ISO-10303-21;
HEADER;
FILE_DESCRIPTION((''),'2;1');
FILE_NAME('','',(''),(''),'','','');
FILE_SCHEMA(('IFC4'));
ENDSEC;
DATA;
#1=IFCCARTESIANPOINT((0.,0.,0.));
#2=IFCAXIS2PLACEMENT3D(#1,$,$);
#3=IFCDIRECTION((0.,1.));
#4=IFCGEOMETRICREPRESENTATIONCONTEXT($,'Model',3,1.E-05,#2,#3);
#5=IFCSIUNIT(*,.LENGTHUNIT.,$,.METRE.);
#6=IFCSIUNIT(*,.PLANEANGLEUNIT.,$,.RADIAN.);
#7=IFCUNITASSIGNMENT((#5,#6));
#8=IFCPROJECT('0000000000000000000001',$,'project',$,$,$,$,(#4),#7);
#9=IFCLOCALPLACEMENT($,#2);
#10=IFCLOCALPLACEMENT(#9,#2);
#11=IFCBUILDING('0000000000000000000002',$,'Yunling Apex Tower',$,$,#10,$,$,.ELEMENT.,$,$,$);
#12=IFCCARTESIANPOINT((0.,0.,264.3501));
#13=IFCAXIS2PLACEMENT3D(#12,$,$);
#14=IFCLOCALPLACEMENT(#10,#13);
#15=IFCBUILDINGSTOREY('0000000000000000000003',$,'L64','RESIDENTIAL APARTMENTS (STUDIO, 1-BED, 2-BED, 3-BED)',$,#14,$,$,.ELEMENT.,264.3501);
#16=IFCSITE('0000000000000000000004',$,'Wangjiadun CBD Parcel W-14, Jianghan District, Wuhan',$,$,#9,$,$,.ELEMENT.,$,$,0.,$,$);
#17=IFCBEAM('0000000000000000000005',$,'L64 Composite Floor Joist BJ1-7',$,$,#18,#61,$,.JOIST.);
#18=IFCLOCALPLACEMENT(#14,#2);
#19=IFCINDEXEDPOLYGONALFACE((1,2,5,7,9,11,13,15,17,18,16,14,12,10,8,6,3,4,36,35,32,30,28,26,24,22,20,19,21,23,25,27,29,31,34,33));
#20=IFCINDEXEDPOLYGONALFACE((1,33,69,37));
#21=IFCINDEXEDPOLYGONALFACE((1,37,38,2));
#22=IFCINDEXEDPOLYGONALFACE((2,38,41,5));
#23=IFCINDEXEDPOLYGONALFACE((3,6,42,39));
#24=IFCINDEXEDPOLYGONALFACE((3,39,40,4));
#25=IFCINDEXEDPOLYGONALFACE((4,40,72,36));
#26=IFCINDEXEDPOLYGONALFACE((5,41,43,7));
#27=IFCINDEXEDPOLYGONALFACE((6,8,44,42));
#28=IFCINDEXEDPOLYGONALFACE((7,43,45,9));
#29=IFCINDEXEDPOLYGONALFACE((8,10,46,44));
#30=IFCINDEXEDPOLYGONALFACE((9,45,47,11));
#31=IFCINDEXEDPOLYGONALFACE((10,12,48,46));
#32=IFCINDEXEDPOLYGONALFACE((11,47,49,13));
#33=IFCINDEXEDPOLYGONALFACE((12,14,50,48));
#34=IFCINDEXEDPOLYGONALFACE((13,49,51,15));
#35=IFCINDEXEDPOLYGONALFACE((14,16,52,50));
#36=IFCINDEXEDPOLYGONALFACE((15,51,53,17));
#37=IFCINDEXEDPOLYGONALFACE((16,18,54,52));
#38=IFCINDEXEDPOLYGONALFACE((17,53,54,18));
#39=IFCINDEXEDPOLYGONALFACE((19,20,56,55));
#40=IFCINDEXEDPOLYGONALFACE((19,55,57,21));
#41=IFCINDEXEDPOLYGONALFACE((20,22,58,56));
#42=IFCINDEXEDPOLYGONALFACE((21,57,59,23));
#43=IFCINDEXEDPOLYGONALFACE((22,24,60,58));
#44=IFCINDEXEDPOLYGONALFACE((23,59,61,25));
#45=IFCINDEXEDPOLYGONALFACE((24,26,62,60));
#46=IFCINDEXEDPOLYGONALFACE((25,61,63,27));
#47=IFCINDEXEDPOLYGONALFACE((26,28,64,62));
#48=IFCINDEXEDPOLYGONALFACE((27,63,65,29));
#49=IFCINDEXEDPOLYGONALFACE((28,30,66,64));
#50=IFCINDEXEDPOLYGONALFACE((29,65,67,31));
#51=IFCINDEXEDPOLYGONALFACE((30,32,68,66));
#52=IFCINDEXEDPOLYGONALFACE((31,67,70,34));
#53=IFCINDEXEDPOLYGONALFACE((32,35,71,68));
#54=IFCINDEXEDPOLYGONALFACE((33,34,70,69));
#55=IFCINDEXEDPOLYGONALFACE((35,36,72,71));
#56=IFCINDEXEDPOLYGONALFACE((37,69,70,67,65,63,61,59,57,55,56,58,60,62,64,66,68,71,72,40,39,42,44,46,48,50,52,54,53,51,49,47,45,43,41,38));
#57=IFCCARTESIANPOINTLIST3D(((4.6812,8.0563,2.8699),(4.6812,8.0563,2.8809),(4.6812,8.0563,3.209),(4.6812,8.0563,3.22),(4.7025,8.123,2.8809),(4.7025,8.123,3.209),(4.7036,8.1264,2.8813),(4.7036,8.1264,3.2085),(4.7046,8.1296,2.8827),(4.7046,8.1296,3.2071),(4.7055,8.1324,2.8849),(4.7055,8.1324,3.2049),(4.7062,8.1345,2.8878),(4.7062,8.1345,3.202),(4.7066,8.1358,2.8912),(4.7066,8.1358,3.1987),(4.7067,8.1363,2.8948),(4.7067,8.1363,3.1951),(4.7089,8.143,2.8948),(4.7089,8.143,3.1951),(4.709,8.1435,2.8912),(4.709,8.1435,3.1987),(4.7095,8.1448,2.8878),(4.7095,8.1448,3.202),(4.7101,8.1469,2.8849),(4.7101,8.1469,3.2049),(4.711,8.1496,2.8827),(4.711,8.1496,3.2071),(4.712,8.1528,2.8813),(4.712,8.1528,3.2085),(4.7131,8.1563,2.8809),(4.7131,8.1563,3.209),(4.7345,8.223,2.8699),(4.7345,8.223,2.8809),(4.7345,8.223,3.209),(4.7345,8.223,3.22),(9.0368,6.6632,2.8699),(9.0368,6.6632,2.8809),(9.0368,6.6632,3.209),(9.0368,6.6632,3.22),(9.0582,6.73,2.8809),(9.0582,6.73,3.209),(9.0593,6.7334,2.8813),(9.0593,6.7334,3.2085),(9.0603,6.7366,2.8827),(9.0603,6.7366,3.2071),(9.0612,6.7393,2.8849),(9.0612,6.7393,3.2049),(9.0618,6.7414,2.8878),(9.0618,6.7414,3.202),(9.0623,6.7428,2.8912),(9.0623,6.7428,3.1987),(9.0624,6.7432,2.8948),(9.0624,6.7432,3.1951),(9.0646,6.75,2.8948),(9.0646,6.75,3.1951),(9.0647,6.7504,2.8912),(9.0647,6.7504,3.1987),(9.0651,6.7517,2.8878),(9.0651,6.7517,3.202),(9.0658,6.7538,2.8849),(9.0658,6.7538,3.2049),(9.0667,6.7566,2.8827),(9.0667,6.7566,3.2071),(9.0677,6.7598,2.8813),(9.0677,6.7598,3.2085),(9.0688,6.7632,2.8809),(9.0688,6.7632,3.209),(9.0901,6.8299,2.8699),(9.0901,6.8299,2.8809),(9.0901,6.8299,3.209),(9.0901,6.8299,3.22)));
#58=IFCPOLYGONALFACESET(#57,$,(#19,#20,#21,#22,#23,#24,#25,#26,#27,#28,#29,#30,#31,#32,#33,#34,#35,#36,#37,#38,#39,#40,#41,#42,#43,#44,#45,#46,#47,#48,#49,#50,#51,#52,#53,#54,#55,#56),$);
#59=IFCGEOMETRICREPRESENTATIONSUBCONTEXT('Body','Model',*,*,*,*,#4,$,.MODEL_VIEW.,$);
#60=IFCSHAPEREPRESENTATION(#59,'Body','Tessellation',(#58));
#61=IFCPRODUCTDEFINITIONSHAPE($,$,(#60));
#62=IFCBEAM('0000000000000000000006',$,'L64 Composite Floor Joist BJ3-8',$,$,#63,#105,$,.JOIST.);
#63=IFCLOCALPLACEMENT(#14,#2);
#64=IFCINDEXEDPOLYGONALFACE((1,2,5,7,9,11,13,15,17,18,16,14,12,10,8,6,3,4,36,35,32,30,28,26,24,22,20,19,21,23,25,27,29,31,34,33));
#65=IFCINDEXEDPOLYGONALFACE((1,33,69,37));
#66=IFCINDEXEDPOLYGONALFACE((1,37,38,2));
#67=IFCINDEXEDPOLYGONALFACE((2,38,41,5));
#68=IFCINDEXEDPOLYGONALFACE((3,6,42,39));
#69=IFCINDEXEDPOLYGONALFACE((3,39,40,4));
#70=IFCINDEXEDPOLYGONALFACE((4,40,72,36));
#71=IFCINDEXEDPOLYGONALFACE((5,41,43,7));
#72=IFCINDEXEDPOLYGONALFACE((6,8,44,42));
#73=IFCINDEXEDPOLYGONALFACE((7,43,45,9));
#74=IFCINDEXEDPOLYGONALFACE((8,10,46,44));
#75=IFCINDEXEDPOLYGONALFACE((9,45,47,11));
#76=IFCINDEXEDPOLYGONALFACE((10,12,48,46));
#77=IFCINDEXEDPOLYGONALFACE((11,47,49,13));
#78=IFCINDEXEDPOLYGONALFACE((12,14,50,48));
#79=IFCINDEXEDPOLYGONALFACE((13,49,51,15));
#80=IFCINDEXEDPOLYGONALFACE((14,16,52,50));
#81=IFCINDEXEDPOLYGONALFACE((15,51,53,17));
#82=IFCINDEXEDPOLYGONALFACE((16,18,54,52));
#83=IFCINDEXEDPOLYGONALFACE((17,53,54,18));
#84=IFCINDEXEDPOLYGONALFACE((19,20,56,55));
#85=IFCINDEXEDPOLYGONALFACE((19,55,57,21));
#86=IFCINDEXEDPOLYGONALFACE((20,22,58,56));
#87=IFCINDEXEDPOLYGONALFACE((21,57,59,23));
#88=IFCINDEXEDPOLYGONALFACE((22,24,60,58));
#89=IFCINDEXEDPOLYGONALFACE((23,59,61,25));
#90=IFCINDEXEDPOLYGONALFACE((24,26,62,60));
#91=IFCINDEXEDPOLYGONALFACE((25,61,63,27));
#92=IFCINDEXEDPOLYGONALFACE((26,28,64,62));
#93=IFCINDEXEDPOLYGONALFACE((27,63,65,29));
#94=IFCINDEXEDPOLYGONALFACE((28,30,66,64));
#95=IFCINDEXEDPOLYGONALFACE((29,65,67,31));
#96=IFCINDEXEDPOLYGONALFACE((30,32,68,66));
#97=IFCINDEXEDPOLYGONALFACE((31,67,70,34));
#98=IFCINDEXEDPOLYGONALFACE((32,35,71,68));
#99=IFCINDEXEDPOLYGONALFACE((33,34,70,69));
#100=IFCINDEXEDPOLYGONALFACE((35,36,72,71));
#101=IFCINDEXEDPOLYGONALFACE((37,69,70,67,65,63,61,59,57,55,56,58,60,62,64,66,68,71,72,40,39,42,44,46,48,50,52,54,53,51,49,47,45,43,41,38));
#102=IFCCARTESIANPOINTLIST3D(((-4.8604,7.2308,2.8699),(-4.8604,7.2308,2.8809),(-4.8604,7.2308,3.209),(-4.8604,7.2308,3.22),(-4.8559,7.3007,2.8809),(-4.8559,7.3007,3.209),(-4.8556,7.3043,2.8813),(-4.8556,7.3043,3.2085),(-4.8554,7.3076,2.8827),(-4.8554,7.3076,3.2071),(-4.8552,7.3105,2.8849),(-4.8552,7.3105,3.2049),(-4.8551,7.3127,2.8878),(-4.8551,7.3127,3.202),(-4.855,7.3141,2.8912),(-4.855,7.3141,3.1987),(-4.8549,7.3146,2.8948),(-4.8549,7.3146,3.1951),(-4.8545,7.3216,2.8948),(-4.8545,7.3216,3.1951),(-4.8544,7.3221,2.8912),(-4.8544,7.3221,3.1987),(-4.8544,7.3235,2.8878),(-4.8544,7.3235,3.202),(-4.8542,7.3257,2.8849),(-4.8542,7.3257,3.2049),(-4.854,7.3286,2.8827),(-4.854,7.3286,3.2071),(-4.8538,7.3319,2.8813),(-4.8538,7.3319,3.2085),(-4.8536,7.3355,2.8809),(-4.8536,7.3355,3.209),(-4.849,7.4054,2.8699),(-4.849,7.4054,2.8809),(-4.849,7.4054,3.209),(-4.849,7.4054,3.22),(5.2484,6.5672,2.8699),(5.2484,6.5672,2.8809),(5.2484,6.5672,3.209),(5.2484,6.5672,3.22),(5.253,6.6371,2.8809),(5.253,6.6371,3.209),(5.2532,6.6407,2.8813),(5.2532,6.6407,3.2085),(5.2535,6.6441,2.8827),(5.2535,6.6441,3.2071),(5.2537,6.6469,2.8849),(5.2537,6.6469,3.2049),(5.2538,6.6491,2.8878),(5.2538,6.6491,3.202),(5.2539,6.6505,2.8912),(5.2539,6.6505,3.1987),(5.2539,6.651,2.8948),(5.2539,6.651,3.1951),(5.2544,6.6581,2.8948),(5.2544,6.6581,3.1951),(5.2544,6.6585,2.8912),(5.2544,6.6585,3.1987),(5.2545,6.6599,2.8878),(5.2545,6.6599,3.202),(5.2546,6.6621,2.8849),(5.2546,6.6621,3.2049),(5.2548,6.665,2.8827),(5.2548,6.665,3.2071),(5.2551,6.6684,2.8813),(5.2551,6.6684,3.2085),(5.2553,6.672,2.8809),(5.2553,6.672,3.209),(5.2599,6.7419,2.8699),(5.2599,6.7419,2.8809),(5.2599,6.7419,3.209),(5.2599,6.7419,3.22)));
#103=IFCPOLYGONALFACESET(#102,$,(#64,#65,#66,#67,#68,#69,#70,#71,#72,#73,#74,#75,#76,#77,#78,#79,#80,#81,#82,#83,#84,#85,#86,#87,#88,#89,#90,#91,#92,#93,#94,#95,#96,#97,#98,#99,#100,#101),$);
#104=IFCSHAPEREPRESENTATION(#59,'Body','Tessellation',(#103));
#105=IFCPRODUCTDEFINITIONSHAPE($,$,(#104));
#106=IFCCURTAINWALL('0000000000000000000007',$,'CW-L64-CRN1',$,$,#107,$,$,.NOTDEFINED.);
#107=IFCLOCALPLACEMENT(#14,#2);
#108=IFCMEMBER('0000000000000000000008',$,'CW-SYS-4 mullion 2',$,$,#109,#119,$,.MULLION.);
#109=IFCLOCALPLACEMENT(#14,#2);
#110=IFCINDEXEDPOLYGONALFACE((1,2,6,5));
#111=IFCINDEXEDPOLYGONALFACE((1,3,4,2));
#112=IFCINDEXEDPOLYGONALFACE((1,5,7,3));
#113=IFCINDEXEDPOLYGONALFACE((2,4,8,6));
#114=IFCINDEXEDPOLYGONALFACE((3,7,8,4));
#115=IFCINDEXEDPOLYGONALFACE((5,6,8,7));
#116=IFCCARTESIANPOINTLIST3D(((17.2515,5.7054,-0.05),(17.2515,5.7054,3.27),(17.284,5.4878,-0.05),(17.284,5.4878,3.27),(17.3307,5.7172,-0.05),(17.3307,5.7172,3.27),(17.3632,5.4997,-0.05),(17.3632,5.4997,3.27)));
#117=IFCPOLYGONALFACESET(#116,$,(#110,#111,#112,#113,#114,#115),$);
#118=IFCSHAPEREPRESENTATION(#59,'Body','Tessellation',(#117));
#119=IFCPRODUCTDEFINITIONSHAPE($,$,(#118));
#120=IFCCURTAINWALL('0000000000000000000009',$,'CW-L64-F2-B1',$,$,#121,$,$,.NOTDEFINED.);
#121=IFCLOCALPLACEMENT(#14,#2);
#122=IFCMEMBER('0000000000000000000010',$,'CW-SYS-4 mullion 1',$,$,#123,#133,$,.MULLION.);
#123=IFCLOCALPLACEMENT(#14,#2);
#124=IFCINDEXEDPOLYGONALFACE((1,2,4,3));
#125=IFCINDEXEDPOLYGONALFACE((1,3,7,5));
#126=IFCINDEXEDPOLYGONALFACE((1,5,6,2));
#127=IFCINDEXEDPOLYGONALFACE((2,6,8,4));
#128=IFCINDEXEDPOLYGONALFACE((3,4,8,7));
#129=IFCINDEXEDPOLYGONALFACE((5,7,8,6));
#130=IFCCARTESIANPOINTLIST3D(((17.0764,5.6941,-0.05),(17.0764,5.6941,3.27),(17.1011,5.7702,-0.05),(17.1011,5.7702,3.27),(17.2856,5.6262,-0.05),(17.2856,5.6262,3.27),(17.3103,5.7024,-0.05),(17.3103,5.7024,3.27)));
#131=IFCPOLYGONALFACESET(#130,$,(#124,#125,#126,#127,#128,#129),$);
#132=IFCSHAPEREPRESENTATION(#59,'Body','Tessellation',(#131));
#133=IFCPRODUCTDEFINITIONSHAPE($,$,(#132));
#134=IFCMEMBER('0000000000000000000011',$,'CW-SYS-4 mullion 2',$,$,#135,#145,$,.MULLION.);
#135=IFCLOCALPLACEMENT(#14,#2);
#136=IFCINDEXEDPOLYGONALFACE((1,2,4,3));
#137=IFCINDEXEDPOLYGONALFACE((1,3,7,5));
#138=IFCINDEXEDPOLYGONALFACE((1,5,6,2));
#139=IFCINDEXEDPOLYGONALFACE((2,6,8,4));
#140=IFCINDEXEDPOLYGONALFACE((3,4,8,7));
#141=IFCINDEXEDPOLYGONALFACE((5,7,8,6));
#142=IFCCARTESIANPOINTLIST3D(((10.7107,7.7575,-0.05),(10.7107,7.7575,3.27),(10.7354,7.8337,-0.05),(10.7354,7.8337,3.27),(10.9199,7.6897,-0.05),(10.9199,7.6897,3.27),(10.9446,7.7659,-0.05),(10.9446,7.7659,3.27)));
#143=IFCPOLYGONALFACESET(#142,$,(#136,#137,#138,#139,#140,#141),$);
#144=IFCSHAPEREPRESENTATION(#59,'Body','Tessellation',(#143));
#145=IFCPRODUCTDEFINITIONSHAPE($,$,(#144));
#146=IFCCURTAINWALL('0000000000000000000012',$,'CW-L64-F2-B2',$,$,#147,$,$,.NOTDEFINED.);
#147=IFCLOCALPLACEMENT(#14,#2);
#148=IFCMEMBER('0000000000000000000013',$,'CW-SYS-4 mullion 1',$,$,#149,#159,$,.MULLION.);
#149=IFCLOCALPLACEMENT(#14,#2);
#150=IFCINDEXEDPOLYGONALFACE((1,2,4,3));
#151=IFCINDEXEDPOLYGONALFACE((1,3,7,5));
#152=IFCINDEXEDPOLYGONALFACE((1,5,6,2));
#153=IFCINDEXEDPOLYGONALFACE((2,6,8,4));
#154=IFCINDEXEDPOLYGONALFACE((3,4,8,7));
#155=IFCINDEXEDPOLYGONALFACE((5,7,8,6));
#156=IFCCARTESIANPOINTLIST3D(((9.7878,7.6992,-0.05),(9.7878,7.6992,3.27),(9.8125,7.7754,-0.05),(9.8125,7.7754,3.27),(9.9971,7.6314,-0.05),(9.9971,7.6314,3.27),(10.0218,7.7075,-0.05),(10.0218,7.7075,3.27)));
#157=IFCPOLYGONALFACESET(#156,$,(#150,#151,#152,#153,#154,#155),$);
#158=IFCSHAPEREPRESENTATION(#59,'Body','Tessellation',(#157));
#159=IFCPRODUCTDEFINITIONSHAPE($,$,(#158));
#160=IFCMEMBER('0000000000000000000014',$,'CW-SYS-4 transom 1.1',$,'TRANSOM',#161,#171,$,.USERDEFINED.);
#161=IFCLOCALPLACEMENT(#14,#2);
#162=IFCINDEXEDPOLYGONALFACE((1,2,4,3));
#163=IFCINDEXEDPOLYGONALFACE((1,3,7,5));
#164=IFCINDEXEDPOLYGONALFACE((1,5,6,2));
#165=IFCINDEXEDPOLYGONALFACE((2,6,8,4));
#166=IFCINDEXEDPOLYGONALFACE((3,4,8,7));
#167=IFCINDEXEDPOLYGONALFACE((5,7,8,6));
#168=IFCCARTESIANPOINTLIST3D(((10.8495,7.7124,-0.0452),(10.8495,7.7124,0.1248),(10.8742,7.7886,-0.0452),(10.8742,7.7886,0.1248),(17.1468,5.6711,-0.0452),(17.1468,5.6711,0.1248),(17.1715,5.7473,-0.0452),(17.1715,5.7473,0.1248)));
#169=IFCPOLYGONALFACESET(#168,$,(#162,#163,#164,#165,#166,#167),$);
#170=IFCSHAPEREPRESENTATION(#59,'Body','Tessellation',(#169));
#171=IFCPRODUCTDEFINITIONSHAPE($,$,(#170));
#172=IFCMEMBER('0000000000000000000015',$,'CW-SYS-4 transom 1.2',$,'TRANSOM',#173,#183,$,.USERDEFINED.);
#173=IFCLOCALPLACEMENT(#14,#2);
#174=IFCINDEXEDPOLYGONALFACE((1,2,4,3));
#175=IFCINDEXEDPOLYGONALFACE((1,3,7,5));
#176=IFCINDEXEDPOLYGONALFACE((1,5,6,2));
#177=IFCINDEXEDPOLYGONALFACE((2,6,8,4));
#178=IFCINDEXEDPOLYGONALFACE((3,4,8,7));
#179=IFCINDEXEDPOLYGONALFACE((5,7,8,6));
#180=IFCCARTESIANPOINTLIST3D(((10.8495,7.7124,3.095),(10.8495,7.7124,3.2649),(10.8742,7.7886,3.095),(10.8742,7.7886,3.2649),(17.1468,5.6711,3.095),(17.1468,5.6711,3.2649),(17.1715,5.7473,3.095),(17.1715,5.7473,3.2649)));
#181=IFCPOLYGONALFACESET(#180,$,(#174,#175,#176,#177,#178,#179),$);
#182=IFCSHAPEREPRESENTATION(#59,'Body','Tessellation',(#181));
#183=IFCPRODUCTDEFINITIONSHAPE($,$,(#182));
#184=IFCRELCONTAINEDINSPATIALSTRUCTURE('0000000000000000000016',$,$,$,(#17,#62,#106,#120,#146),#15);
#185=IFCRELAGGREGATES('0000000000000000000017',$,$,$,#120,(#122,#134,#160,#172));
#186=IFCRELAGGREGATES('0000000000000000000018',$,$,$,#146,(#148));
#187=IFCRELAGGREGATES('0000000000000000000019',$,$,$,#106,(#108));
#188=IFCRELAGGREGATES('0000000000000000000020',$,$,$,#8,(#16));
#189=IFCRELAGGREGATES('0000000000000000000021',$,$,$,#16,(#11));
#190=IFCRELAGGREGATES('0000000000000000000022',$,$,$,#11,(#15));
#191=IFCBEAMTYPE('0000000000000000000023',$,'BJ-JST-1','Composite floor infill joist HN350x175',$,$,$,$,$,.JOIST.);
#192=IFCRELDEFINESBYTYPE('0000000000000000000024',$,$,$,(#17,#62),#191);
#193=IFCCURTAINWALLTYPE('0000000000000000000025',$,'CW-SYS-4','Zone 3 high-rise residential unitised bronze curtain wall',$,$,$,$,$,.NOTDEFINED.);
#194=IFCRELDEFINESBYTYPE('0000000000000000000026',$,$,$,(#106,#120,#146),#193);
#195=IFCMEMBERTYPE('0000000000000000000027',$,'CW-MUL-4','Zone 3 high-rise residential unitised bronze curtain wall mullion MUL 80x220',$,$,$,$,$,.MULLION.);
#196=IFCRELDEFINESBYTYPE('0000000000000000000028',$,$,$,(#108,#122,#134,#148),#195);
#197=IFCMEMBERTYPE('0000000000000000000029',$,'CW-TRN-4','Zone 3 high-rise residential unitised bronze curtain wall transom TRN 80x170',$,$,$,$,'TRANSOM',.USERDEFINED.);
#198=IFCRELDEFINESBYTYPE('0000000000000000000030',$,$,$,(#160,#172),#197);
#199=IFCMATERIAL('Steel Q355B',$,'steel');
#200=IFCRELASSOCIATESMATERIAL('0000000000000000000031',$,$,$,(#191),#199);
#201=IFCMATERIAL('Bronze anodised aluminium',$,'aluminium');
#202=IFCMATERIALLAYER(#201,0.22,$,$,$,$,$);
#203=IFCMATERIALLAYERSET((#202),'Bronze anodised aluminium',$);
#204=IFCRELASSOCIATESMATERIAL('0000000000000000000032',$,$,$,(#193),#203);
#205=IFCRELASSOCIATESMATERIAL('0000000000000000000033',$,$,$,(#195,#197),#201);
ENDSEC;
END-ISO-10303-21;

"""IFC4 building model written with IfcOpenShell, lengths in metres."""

from ifc_helpers import new_model, si_unit, direction, frame, origin, origin_2d, place, context, subcontext, project, spatial, rectangle, i_section, extrude, source, transform, mapped, material, layer, layer_set, material_profile, profile_set, type_object, element, aggregate, save


model = new_model("IFC4")

# Units and contexts
model_context = context("Model", 3, precision=1e-05, world=origin(), true_north=direction((0.0, 1.0)))
body_context = subcontext(model_context, "Body", "Model", "MODEL_VIEW")
ifc_project = project(units=[si_unit("LENGTHUNIT", "METRE"), si_unit("PLANEANGLEUNIT", "RADIAN")], contexts=[model_context])

# Site, building, storey
site_placement = place(None, origin())
site = spatial("IfcSite", under=ifc_project, at=site_placement, Name="Wangjiadun CBD Parcel W-14, Jianghan District, Wuhan", CompositionType="ELEMENT", RefElevation=0.0)
building_placement = place(site_placement, origin())
building = spatial("IfcBuilding", under=site, at=building_placement, Name="Yunling Apex Tower", CompositionType="ELEMENT")
storey_placement = place(building_placement, frame((0.0, 0.0, 264.3501)))
storey = spatial("IfcBuildingStorey", under=building, at=storey_placement, Name="L64", Description="RESIDENTIAL APARTMENTS (STUDIO, 1-BED, 2-BED, 3-BED)", CompositionType="ELEMENT", Elevation=264.3501)

# Shared definitions
ifc_material_1 = material(Name="Steel Q355B", Category="steel")

# Beams
ifc_material_profile_1 = material_profile(ifc_material_1, i_section(OverallWidth=0.175, OverallDepth=0.3501, WebThickness=0.0071, FlangeThickness=0.011, FilletRadius=0.0139, at=origin_2d()))
ifc_profile_set_1 = profile_set([ifc_material_profile_1], Name="Steel Q355B")
beam_type_1 = type_object("IfcBeamType", Name="BJ-JST-1", Description="Composite floor infill joist HN350x175", PredefinedType="JOIST", material=ifc_profile_set_1)
shared_shape_1 = source(origin(), body_context, "Body", "SweptSolid", [
    extrude(i_section(OverallWidth=0.175, OverallDepth=0.3501, WebThickness=0.0071, FlangeThickness=0.011, FilletRadius=0.0139, at=origin_2d()), origin(), (0.0, 0.0, 1.0), 4.573),
])
beam_1_placement = place(storey_placement, frame((9.0635, 6.7466, 3.0449), z_axis=(-0.952472, 0.304625, 0.0), x_axis=(-0.304625, -0.952472, 0.0)))
element("IfcBeam", 1, at=beam_1_placement, inside=storey, type_object=beam_type_1, Name="L64 Composite Floor Joist BJ1-7", PredefinedType="JOIST", context=body_context, shape_type="MappedRepresentation", body=[
    mapped(shared_shape_1, transform((0.0, 0.0, 0.0), scale=1.0)),
])
shared_shape_2 = source(origin(), body_context, "Body", "SweptSolid", [
    extrude(i_section(OverallWidth=0.175, OverallDepth=0.3501, WebThickness=0.0071, FlangeThickness=0.011, FilletRadius=0.0139, at=origin_2d()), origin(), (0.0, 0.0, 1.0), 10.1306),
])
beam_2_placement = place(storey_placement, frame((5.2542, 6.6545, 3.0449), z_axis=(-0.997852, 0.065502, 0.0), x_axis=(-0.065502, -0.997852, 0.0)))
element("IfcBeam", 2, at=beam_2_placement, inside=storey, type_object=beam_type_1, Name="L64 Composite Floor Joist BJ3-8", PredefinedType="JOIST", context=body_context, shape_type="MappedRepresentation", body=[
    mapped(shared_shape_2, transform((0.0, 0.0, 0.0), scale=1.0)),
])

# Curtain wall, member
ifc_material_2 = material(Name="Bronze anodised aluminium", Category="aluminium")
ifc_layer_1 = layer(ifc_material_2, 0.22)
ifc_layer_set_1 = layer_set([ifc_layer_1], Name="Bronze anodised aluminium")
curtain_wall_type = type_object("IfcCurtainWallType", Name="CW-SYS-4", Description="Zone 3 high-rise residential unitised bronze curtain wall", PredefinedType="NOTDEFINED", material=ifc_layer_set_1)
curtain_wall_1_placement = place(storey_placement, origin())
curtain_wall_1 = element("IfcCurtainWall", 3, at=curtain_wall_1_placement, inside=storey, type_object=curtain_wall_type, Name="CW-L64-CRN1", PredefinedType="NOTDEFINED")
ifc_material_profile_2 = material_profile(ifc_material_2, rectangle(XDim=0.0801, YDim=0.22, at=origin_2d()))
ifc_profile_set_2 = profile_set([ifc_material_profile_2], Name="Bronze anodised aluminium")
member_type_1 = type_object("IfcMemberType", Name="CW-MUL-4", Description="Zone 3 high-rise residential unitised bronze curtain wall mullion MUL 80x220", PredefinedType="MULLION", material=ifc_profile_set_2)
shared_shape_3 = source(origin(), body_context, "Body", "SweptSolid", [
    extrude(rectangle(XDim=0.0801, YDim=0.22, at=origin_2d()), origin(), (0.0, 0.0, 1.0), 3.3201),
])
member_1_placement = place(storey_placement, frame((17.3074, 5.6025, -0.05), z_axis=(0.0, 0.0, 1.0), x_axis=(-0.989017, -0.147803, 0.0)))
member_1 = element("IfcMember", 4, at=member_1_placement, type_object=member_type_1, Name="CW-SYS-4 mullion 2", PredefinedType="MULLION", context=body_context, shape_type="MappedRepresentation", body=[
    mapped(shared_shape_3, transform((0.0, 0.0, 0.0), scale=1.0)),
])

# Curtain wall, members
curtain_wall_2_placement = place(storey_placement, origin())
curtain_wall_2 = element("IfcCurtainWall", 5, at=curtain_wall_2_placement, inside=storey, type_object=curtain_wall_type, Name="CW-L64-F2-B1", PredefinedType="NOTDEFINED")
member_2_placement = place(storey_placement, frame((17.1934, 5.6982, -0.05), z_axis=(0.0, 0.0, 1.0), x_axis=(-0.308353, -0.951272, 0.0)))
member_2 = element("IfcMember", 6, at=member_2_placement, type_object=member_type_1, Name="CW-SYS-4 mullion 1", PredefinedType="MULLION", context=body_context, shape_type="MappedRepresentation", body=[
    mapped(shared_shape_3, transform((0.0, 0.0, 0.0), scale=1.0)),
])
member_3_placement = place(storey_placement, frame((10.8276, 7.7617, -0.05), z_axis=(0.0, 0.0, 1.0), x_axis=(-0.308353, -0.951272, 0.0)))
member_3 = element("IfcMember", 7, at=member_3_placement, type_object=member_type_1, Name="CW-SYS-4 mullion 2", PredefinedType="MULLION", context=body_context, shape_type="MappedRepresentation", body=[
    mapped(shared_shape_3, transform((0.0, 0.0, 0.0), scale=1.0)),
])

# Curtain wall, member
curtain_wall_3_placement = place(storey_placement, origin())
curtain_wall_3 = element("IfcCurtainWall", 8, at=curtain_wall_3_placement, inside=storey, type_object=curtain_wall_type, Name="CW-L64-F2-B2", PredefinedType="NOTDEFINED")
member_4_placement = place(storey_placement, frame((9.9048, 7.7034, -0.05), z_axis=(0.0, 0.0, 1.0), x_axis=(-0.308369, -0.951267, 0.0)))
member_4 = element("IfcMember", 9, at=member_4_placement, type_object=member_type_1, Name="CW-SYS-4 mullion 1", PredefinedType="MULLION", context=body_context, shape_type="MappedRepresentation", body=[
    mapped(shared_shape_3, transform((0.0, 0.0, 0.0), scale=1.0)),
])

# Members
ifc_material_profile_3 = material_profile(ifc_material_2, rectangle(XDim=0.0801, YDim=0.1699, at=origin_2d()))
ifc_profile_set_3 = profile_set([ifc_material_profile_3], Name="Bronze anodised aluminium")
member_type_2 = type_object("IfcMemberType", Name="CW-TRN-4", Description="Zone 3 high-rise residential unitised bronze curtain wall transom TRN 80x170", ElementType="TRANSOM", PredefinedType="USERDEFINED", material=ifc_profile_set_3)
shared_shape_4 = source(origin(), body_context, "Body", "SweptSolid", [
    extrude(rectangle(XDim=0.0801, YDim=0.1699, at=origin_2d()), origin(), (0.0, 0.0, 1.0), 6.6199),
])
member_5_placement = place(storey_placement, frame((17.1592, 5.7092, 0.0398), z_axis=(-0.951273, 0.30835, 0.0), x_axis=(-0.30835, -0.951273, 0.0)))
member_5 = element("IfcMember", 10, at=member_5_placement, type_object=member_type_2, Name="CW-SYS-4 transom 1.1", ObjectType="TRANSOM", PredefinedType="USERDEFINED", context=body_context, shape_type="MappedRepresentation", body=[
    mapped(shared_shape_4, transform((0.0, 0.0, 0.0), scale=1.0)),
])
member_6_placement = place(storey_placement, frame((17.1592, 5.7092, 3.1799), z_axis=(-0.951273, 0.30835, 0.0), x_axis=(-0.30835, -0.951273, 0.0)))
member_6 = element("IfcMember", 11, at=member_6_placement, type_object=member_type_2, Name="CW-SYS-4 transom 1.2", ObjectType="TRANSOM", PredefinedType="USERDEFINED", context=body_context, shape_type="MappedRepresentation", body=[
    mapped(shared_shape_4, transform((0.0, 0.0, 0.0), scale=1.0)),
])

aggregate(curtain_wall_2, [member_2, member_3, member_5, member_6])
aggregate(curtain_wall_3, [member_4])
aggregate(curtain_wall_1, [member_1])

save(model, "model.ifc")
